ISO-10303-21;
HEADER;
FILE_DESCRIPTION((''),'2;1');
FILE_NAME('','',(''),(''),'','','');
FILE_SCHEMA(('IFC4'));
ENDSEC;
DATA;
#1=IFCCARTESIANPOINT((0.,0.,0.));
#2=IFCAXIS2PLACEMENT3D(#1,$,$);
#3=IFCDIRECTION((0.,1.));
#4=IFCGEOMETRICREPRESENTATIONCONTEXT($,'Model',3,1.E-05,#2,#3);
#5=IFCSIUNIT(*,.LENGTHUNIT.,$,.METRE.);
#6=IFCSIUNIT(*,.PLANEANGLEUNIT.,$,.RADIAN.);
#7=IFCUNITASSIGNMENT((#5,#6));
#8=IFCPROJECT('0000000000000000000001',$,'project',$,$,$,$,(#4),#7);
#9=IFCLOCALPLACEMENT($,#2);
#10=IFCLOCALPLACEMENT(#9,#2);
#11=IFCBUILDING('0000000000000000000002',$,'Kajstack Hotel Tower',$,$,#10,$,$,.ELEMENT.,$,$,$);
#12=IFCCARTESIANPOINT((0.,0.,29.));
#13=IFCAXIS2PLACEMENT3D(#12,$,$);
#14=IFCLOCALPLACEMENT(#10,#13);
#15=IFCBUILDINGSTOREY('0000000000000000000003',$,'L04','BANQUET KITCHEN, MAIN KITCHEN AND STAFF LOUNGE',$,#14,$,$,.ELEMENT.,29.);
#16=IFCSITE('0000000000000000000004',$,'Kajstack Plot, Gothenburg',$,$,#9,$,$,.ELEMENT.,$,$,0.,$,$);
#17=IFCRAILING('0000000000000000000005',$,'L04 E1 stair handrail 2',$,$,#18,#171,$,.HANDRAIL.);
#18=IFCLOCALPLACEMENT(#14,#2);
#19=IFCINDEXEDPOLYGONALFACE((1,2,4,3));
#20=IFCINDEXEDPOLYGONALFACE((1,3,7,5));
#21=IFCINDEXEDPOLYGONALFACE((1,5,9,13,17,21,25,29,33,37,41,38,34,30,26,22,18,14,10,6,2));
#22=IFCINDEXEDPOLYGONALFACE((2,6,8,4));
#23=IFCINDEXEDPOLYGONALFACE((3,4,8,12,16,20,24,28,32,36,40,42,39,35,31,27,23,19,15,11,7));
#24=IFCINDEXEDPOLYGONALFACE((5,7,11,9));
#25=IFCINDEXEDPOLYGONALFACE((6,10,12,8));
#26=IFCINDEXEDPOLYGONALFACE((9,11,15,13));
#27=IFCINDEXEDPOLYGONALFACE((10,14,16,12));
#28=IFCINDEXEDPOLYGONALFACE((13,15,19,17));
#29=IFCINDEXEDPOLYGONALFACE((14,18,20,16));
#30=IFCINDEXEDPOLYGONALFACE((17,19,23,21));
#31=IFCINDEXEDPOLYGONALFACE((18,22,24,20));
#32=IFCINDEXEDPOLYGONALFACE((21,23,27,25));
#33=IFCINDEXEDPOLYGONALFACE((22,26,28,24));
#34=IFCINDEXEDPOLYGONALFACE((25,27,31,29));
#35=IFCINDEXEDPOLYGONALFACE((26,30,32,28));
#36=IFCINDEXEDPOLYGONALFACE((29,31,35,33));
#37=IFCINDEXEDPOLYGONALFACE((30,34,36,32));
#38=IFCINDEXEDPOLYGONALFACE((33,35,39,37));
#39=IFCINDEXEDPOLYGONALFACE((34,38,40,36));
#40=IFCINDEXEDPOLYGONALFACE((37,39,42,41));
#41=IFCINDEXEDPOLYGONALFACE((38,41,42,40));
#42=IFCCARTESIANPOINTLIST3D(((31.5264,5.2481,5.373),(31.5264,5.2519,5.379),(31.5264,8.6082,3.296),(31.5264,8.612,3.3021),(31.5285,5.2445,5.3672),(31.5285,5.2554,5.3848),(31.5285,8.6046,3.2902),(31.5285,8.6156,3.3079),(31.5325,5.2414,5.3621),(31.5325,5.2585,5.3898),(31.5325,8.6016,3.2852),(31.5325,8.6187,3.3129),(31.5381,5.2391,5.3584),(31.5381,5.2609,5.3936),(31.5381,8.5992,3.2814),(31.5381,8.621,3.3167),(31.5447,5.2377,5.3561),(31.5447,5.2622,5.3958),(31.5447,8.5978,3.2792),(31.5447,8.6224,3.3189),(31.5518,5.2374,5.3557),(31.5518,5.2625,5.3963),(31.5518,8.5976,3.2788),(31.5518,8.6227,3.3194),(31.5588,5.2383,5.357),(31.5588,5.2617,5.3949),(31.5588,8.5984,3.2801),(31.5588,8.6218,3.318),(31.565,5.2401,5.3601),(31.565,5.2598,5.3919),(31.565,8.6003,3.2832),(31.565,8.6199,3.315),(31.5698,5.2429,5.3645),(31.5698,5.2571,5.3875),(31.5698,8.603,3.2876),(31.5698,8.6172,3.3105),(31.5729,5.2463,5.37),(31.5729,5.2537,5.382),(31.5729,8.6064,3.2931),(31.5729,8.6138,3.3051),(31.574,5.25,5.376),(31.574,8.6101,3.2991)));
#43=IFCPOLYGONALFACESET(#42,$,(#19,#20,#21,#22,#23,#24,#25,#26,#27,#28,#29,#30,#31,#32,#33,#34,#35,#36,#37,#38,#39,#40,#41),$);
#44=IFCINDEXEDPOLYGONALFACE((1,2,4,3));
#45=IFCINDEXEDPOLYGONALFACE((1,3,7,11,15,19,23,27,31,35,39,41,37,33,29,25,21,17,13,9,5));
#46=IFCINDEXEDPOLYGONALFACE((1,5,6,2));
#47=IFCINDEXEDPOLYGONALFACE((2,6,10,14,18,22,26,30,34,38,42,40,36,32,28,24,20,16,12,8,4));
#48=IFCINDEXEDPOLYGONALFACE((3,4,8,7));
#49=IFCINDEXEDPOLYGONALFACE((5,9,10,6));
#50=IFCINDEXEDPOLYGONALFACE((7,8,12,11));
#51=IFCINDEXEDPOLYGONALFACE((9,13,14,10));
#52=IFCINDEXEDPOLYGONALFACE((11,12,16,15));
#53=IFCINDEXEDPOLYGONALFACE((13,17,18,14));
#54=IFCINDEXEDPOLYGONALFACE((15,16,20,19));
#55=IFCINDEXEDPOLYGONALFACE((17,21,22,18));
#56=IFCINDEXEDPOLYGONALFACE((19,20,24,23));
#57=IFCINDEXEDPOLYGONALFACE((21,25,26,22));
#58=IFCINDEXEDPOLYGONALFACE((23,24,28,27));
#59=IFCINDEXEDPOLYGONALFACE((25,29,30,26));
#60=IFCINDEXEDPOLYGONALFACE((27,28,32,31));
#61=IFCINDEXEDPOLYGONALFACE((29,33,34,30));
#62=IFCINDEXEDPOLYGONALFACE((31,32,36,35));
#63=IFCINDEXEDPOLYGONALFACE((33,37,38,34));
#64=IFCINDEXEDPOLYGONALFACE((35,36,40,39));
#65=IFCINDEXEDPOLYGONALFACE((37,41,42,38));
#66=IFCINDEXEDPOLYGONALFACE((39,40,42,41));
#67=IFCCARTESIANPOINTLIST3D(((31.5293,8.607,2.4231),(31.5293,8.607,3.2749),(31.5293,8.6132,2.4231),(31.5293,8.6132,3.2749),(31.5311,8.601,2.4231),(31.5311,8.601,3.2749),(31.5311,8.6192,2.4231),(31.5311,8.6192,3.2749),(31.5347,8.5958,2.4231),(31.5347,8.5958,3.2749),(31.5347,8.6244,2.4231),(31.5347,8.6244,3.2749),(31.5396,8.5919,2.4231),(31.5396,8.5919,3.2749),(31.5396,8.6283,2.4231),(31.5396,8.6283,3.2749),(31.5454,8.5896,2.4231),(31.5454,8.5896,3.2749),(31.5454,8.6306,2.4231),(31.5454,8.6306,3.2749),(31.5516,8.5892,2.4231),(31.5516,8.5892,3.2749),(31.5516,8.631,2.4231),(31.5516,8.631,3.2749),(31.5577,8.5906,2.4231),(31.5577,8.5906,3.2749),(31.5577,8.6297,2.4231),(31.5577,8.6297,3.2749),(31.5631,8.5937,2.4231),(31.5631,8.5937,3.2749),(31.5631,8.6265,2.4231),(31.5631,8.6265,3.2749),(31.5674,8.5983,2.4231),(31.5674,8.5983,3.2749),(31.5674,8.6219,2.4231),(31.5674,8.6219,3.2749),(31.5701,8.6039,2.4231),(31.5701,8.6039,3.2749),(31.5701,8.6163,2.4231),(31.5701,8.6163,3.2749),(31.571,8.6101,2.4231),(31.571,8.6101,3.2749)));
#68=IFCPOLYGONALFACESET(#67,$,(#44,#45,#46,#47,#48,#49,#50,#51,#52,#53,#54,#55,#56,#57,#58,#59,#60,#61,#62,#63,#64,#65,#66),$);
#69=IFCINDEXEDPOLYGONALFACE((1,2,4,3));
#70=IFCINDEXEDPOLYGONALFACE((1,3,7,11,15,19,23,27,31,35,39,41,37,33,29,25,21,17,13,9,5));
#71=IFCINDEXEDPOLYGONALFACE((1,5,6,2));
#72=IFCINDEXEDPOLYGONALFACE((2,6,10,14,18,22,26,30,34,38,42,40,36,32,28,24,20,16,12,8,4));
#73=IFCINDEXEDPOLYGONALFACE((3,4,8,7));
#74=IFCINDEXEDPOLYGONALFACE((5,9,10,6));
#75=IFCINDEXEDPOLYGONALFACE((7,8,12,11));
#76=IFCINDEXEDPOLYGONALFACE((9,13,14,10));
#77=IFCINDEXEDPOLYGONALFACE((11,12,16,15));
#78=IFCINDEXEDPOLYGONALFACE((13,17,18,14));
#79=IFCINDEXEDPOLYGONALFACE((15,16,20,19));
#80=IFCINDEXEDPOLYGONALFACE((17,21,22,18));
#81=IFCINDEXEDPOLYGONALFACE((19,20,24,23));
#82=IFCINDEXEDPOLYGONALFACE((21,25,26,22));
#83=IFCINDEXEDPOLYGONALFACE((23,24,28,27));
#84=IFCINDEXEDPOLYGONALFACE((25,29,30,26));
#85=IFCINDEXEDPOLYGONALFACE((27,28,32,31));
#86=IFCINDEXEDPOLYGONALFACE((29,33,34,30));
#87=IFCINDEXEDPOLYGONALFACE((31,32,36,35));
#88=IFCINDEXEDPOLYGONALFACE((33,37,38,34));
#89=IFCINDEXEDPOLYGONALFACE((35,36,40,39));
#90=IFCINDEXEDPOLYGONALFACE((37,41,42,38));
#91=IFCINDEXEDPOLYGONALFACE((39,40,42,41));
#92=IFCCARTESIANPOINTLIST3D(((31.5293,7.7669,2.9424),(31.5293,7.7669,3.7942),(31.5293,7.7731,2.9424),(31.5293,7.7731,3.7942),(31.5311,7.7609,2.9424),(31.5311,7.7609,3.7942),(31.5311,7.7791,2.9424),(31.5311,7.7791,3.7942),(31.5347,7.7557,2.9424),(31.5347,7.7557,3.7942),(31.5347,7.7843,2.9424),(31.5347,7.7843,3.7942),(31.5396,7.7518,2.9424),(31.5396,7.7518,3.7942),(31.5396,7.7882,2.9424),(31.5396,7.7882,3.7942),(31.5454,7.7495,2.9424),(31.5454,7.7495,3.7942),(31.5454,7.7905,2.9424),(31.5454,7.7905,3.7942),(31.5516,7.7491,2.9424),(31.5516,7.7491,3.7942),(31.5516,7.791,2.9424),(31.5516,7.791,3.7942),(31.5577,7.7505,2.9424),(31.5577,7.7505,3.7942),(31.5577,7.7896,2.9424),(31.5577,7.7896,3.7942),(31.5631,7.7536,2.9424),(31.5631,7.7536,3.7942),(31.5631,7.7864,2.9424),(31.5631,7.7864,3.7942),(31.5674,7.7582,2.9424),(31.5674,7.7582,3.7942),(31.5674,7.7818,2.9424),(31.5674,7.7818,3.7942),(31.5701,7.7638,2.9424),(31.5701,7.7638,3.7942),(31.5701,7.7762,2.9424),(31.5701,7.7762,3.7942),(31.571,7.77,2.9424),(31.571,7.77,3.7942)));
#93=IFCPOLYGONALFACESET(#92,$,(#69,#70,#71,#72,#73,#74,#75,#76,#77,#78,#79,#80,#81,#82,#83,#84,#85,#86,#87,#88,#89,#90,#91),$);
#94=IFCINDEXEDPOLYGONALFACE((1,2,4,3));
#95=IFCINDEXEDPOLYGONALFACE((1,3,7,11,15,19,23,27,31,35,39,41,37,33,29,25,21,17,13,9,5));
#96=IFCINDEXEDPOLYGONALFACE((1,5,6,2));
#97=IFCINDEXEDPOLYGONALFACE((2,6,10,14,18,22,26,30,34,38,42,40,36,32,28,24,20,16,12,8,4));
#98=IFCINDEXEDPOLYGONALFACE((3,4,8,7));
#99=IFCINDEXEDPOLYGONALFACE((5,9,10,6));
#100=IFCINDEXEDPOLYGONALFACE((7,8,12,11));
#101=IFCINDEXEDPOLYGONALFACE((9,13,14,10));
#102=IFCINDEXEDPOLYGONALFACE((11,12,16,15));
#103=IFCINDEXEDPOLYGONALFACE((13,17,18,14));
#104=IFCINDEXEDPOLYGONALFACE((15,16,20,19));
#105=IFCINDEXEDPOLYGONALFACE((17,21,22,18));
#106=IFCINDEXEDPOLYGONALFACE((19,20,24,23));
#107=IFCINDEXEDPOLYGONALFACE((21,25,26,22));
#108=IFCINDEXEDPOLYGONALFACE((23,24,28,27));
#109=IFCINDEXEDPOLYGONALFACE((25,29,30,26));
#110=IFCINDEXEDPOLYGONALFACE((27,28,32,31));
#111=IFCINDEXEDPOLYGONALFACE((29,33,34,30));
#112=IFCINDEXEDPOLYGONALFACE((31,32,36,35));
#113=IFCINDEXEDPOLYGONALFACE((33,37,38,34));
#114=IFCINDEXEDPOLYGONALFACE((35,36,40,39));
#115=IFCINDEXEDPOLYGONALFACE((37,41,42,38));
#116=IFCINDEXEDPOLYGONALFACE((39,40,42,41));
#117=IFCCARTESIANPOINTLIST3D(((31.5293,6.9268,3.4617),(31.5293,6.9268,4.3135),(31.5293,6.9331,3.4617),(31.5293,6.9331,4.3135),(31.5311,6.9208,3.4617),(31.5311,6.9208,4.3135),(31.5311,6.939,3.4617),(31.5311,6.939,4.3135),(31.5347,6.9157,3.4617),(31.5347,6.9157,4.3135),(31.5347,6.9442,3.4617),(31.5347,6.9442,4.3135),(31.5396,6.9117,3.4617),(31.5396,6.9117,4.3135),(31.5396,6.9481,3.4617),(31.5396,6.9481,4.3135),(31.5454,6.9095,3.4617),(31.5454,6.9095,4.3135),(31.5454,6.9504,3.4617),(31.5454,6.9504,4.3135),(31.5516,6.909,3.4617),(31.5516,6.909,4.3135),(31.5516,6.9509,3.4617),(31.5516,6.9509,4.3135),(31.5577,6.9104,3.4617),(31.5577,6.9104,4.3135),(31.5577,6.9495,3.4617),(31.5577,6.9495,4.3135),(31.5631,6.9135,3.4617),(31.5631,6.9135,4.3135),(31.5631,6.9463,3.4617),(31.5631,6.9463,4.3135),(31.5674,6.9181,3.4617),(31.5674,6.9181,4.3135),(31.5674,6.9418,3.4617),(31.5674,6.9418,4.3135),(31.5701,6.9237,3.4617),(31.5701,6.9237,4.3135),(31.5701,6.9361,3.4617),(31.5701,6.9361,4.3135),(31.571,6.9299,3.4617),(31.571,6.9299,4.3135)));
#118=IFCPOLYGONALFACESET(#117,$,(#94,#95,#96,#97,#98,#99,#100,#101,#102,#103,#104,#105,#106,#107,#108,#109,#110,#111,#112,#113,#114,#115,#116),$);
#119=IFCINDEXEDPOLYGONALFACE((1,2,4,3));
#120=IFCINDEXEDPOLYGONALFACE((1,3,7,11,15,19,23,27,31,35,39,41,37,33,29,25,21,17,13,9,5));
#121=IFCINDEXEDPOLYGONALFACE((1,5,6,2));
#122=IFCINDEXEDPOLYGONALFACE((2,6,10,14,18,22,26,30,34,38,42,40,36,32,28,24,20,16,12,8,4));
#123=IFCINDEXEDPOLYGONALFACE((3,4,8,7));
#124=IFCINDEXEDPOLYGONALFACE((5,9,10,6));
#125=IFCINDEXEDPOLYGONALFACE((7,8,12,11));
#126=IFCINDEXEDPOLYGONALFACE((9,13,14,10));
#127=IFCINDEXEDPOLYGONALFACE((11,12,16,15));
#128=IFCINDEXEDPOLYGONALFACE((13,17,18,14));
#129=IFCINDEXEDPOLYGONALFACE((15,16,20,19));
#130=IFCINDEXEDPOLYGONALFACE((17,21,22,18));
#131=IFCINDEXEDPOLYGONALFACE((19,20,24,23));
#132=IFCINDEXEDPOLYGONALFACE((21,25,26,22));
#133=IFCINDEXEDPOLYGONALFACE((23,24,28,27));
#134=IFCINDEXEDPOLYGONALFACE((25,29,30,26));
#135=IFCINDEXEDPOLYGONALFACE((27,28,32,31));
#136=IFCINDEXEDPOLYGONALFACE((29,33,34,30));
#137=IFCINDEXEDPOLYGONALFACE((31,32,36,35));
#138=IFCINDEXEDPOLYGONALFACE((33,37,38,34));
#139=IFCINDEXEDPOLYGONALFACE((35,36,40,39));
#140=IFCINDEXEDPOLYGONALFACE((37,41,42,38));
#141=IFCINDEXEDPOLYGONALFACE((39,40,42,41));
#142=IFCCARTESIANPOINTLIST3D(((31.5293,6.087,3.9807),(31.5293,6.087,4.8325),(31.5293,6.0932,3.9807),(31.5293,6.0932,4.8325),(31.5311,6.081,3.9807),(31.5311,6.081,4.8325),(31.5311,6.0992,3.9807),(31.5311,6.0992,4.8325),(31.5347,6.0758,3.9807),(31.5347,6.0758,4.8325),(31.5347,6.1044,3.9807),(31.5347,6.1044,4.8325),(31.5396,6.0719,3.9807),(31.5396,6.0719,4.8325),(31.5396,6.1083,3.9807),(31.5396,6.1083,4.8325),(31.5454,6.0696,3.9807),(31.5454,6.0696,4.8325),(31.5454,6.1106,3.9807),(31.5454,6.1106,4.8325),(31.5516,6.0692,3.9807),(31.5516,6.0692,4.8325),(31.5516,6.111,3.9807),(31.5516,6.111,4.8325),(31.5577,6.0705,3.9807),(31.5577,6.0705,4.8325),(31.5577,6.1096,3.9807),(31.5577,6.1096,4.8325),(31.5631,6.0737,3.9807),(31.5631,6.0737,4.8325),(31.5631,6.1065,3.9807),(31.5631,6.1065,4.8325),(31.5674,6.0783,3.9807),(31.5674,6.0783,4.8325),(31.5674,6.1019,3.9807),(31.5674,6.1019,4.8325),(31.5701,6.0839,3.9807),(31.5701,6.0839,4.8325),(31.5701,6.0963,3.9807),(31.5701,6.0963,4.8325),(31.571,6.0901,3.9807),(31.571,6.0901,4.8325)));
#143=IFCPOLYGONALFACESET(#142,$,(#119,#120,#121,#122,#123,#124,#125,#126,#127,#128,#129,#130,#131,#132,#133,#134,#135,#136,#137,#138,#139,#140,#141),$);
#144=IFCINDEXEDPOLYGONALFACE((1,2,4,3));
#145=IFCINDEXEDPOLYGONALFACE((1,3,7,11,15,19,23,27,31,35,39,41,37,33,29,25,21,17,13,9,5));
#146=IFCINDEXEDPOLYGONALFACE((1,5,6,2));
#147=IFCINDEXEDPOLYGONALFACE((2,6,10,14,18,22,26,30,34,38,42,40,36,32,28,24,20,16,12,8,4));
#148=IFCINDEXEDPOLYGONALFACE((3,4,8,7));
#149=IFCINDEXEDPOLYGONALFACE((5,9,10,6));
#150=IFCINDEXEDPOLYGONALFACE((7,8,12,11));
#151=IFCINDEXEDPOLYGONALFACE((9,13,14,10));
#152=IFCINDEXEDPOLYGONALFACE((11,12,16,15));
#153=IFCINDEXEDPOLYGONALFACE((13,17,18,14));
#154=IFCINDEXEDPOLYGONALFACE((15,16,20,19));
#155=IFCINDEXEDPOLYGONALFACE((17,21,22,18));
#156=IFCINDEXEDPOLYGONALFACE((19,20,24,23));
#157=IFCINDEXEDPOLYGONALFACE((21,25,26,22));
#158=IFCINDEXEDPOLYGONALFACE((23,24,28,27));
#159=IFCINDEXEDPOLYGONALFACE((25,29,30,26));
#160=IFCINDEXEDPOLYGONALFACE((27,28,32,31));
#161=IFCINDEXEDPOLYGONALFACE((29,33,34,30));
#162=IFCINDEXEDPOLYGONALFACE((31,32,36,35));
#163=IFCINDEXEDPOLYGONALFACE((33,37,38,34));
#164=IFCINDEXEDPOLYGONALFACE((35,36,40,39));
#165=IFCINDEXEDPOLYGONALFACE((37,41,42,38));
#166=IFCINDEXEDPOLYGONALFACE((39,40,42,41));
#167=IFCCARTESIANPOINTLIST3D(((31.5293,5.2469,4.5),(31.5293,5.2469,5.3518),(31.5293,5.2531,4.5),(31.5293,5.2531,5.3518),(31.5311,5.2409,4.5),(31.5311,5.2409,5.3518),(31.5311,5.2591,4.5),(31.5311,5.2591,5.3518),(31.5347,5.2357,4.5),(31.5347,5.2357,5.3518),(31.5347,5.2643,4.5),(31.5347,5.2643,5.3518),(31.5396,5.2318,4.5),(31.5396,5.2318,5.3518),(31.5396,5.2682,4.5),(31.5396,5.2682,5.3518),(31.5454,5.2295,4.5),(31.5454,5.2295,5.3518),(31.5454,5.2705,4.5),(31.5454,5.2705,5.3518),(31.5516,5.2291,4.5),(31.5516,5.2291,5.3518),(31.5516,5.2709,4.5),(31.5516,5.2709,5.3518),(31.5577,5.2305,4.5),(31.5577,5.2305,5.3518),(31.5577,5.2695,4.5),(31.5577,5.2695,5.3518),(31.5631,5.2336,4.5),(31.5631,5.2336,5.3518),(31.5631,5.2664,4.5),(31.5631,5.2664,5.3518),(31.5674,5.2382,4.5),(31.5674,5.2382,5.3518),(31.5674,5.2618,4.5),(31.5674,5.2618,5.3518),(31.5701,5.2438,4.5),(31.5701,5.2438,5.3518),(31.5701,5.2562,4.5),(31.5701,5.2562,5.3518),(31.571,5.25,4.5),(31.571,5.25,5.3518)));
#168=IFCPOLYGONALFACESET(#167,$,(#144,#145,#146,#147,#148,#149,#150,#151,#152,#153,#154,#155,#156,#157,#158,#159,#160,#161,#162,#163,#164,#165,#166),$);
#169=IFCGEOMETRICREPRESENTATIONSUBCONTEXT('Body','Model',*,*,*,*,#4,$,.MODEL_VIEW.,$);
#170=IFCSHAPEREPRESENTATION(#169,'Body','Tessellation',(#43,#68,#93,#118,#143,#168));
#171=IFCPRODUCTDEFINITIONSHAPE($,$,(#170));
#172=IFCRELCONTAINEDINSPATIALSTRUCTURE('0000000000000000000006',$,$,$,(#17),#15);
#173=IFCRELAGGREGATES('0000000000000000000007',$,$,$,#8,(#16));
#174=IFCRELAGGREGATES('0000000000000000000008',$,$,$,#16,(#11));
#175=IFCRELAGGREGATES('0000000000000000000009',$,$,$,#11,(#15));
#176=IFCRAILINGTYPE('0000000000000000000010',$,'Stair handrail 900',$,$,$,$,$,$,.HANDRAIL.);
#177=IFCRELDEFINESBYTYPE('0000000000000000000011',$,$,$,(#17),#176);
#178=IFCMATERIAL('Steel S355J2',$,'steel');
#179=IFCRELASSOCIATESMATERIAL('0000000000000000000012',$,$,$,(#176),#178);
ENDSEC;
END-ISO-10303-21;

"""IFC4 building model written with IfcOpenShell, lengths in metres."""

from ifc_helpers import new_model, si_unit, direction, frame, origin, origin_2d, place, context, subcontext, project, spatial, circle, extrude, material, type_object, element, save


model = new_model("IFC4")

# Units and contexts
model_context = context("Model", 3, precision=1e-05, world=origin(), true_north=direction((0.0, 1.0)))
body_context = subcontext(model_context, "Body", "Model", "MODEL_VIEW")
ifc_project = project(units=[si_unit("LENGTHUNIT", "METRE"), si_unit("PLANEANGLEUNIT", "RADIAN")], contexts=[model_context])

# Site, building, storey
site_placement = place(None, origin())
site = spatial("IfcSite", under=ifc_project, at=site_placement, Name="Kajstack Plot, Gothenburg", CompositionType="ELEMENT", RefElevation=0.0)
building_placement = place(site_placement, origin())
building = spatial("IfcBuilding", under=site, at=building_placement, Name="Kajstack Hotel Tower", CompositionType="ELEMENT")
storey_placement = place(building_placement, frame((0.0, 0.0, 29.0)))
storey = spatial("IfcBuildingStorey", under=building, at=storey_placement, Name="L04", Description="BANQUET KITCHEN, MAIN KITCHEN AND STAFF LOUNGE", CompositionType="ELEMENT", Elevation=29.0)

# Railing
ifc_material_1 = material(Name="Steel S355J2", Category="steel")
railing_type_1 = type_object("IfcRailingType", Name="Stair handrail 900", PredefinedType="HANDRAIL", material=ifc_material_1)
railing_1_placement = place(storey_placement, frame((31.55, 8.6101, 2.4231)))
element("IfcRailing", 1, at=railing_1_placement, inside=storey, type_object=railing_type_1, Name="L04 E1 stair handrail 2", PredefinedType="HANDRAIL", context=body_context, shape_type="SweptSolid", body=[
    extrude(circle(Radius=0.0239, at=origin_2d()), frame((0.0, 0.0, 0.876), z_axis=(0.0, -0.850623, 0.525776), x_axis=(1.0, 0.0, 0.0)), (0.0, 0.0, 1.0), 3.9502),
    extrude(circle(Radius=0.021, at=origin_2d()), origin(), (0.0, 0.0, 1.0), 0.8518),
    extrude(circle(Radius=0.021, at=origin_2d()), frame((0.0, -0.8401, 0.5193)), (0.0, 0.0, 1.0), 0.8518),
    extrude(circle(Radius=0.021, at=origin_2d()), frame((0.0, -1.6802, 1.0386)), (0.0, 0.0, 1.0), 0.8518),
    extrude(circle(Radius=0.021, at=origin_2d()), frame((0.0, -2.52, 1.5576)), (0.0, 0.0, 1.0), 0.8518),
    extrude(circle(Radius=0.021, at=origin_2d()), frame((0.0, -3.3601, 2.0769)), (0.0, 0.0, 1.0), 0.8518),
])

save(model, "model.ifc")
